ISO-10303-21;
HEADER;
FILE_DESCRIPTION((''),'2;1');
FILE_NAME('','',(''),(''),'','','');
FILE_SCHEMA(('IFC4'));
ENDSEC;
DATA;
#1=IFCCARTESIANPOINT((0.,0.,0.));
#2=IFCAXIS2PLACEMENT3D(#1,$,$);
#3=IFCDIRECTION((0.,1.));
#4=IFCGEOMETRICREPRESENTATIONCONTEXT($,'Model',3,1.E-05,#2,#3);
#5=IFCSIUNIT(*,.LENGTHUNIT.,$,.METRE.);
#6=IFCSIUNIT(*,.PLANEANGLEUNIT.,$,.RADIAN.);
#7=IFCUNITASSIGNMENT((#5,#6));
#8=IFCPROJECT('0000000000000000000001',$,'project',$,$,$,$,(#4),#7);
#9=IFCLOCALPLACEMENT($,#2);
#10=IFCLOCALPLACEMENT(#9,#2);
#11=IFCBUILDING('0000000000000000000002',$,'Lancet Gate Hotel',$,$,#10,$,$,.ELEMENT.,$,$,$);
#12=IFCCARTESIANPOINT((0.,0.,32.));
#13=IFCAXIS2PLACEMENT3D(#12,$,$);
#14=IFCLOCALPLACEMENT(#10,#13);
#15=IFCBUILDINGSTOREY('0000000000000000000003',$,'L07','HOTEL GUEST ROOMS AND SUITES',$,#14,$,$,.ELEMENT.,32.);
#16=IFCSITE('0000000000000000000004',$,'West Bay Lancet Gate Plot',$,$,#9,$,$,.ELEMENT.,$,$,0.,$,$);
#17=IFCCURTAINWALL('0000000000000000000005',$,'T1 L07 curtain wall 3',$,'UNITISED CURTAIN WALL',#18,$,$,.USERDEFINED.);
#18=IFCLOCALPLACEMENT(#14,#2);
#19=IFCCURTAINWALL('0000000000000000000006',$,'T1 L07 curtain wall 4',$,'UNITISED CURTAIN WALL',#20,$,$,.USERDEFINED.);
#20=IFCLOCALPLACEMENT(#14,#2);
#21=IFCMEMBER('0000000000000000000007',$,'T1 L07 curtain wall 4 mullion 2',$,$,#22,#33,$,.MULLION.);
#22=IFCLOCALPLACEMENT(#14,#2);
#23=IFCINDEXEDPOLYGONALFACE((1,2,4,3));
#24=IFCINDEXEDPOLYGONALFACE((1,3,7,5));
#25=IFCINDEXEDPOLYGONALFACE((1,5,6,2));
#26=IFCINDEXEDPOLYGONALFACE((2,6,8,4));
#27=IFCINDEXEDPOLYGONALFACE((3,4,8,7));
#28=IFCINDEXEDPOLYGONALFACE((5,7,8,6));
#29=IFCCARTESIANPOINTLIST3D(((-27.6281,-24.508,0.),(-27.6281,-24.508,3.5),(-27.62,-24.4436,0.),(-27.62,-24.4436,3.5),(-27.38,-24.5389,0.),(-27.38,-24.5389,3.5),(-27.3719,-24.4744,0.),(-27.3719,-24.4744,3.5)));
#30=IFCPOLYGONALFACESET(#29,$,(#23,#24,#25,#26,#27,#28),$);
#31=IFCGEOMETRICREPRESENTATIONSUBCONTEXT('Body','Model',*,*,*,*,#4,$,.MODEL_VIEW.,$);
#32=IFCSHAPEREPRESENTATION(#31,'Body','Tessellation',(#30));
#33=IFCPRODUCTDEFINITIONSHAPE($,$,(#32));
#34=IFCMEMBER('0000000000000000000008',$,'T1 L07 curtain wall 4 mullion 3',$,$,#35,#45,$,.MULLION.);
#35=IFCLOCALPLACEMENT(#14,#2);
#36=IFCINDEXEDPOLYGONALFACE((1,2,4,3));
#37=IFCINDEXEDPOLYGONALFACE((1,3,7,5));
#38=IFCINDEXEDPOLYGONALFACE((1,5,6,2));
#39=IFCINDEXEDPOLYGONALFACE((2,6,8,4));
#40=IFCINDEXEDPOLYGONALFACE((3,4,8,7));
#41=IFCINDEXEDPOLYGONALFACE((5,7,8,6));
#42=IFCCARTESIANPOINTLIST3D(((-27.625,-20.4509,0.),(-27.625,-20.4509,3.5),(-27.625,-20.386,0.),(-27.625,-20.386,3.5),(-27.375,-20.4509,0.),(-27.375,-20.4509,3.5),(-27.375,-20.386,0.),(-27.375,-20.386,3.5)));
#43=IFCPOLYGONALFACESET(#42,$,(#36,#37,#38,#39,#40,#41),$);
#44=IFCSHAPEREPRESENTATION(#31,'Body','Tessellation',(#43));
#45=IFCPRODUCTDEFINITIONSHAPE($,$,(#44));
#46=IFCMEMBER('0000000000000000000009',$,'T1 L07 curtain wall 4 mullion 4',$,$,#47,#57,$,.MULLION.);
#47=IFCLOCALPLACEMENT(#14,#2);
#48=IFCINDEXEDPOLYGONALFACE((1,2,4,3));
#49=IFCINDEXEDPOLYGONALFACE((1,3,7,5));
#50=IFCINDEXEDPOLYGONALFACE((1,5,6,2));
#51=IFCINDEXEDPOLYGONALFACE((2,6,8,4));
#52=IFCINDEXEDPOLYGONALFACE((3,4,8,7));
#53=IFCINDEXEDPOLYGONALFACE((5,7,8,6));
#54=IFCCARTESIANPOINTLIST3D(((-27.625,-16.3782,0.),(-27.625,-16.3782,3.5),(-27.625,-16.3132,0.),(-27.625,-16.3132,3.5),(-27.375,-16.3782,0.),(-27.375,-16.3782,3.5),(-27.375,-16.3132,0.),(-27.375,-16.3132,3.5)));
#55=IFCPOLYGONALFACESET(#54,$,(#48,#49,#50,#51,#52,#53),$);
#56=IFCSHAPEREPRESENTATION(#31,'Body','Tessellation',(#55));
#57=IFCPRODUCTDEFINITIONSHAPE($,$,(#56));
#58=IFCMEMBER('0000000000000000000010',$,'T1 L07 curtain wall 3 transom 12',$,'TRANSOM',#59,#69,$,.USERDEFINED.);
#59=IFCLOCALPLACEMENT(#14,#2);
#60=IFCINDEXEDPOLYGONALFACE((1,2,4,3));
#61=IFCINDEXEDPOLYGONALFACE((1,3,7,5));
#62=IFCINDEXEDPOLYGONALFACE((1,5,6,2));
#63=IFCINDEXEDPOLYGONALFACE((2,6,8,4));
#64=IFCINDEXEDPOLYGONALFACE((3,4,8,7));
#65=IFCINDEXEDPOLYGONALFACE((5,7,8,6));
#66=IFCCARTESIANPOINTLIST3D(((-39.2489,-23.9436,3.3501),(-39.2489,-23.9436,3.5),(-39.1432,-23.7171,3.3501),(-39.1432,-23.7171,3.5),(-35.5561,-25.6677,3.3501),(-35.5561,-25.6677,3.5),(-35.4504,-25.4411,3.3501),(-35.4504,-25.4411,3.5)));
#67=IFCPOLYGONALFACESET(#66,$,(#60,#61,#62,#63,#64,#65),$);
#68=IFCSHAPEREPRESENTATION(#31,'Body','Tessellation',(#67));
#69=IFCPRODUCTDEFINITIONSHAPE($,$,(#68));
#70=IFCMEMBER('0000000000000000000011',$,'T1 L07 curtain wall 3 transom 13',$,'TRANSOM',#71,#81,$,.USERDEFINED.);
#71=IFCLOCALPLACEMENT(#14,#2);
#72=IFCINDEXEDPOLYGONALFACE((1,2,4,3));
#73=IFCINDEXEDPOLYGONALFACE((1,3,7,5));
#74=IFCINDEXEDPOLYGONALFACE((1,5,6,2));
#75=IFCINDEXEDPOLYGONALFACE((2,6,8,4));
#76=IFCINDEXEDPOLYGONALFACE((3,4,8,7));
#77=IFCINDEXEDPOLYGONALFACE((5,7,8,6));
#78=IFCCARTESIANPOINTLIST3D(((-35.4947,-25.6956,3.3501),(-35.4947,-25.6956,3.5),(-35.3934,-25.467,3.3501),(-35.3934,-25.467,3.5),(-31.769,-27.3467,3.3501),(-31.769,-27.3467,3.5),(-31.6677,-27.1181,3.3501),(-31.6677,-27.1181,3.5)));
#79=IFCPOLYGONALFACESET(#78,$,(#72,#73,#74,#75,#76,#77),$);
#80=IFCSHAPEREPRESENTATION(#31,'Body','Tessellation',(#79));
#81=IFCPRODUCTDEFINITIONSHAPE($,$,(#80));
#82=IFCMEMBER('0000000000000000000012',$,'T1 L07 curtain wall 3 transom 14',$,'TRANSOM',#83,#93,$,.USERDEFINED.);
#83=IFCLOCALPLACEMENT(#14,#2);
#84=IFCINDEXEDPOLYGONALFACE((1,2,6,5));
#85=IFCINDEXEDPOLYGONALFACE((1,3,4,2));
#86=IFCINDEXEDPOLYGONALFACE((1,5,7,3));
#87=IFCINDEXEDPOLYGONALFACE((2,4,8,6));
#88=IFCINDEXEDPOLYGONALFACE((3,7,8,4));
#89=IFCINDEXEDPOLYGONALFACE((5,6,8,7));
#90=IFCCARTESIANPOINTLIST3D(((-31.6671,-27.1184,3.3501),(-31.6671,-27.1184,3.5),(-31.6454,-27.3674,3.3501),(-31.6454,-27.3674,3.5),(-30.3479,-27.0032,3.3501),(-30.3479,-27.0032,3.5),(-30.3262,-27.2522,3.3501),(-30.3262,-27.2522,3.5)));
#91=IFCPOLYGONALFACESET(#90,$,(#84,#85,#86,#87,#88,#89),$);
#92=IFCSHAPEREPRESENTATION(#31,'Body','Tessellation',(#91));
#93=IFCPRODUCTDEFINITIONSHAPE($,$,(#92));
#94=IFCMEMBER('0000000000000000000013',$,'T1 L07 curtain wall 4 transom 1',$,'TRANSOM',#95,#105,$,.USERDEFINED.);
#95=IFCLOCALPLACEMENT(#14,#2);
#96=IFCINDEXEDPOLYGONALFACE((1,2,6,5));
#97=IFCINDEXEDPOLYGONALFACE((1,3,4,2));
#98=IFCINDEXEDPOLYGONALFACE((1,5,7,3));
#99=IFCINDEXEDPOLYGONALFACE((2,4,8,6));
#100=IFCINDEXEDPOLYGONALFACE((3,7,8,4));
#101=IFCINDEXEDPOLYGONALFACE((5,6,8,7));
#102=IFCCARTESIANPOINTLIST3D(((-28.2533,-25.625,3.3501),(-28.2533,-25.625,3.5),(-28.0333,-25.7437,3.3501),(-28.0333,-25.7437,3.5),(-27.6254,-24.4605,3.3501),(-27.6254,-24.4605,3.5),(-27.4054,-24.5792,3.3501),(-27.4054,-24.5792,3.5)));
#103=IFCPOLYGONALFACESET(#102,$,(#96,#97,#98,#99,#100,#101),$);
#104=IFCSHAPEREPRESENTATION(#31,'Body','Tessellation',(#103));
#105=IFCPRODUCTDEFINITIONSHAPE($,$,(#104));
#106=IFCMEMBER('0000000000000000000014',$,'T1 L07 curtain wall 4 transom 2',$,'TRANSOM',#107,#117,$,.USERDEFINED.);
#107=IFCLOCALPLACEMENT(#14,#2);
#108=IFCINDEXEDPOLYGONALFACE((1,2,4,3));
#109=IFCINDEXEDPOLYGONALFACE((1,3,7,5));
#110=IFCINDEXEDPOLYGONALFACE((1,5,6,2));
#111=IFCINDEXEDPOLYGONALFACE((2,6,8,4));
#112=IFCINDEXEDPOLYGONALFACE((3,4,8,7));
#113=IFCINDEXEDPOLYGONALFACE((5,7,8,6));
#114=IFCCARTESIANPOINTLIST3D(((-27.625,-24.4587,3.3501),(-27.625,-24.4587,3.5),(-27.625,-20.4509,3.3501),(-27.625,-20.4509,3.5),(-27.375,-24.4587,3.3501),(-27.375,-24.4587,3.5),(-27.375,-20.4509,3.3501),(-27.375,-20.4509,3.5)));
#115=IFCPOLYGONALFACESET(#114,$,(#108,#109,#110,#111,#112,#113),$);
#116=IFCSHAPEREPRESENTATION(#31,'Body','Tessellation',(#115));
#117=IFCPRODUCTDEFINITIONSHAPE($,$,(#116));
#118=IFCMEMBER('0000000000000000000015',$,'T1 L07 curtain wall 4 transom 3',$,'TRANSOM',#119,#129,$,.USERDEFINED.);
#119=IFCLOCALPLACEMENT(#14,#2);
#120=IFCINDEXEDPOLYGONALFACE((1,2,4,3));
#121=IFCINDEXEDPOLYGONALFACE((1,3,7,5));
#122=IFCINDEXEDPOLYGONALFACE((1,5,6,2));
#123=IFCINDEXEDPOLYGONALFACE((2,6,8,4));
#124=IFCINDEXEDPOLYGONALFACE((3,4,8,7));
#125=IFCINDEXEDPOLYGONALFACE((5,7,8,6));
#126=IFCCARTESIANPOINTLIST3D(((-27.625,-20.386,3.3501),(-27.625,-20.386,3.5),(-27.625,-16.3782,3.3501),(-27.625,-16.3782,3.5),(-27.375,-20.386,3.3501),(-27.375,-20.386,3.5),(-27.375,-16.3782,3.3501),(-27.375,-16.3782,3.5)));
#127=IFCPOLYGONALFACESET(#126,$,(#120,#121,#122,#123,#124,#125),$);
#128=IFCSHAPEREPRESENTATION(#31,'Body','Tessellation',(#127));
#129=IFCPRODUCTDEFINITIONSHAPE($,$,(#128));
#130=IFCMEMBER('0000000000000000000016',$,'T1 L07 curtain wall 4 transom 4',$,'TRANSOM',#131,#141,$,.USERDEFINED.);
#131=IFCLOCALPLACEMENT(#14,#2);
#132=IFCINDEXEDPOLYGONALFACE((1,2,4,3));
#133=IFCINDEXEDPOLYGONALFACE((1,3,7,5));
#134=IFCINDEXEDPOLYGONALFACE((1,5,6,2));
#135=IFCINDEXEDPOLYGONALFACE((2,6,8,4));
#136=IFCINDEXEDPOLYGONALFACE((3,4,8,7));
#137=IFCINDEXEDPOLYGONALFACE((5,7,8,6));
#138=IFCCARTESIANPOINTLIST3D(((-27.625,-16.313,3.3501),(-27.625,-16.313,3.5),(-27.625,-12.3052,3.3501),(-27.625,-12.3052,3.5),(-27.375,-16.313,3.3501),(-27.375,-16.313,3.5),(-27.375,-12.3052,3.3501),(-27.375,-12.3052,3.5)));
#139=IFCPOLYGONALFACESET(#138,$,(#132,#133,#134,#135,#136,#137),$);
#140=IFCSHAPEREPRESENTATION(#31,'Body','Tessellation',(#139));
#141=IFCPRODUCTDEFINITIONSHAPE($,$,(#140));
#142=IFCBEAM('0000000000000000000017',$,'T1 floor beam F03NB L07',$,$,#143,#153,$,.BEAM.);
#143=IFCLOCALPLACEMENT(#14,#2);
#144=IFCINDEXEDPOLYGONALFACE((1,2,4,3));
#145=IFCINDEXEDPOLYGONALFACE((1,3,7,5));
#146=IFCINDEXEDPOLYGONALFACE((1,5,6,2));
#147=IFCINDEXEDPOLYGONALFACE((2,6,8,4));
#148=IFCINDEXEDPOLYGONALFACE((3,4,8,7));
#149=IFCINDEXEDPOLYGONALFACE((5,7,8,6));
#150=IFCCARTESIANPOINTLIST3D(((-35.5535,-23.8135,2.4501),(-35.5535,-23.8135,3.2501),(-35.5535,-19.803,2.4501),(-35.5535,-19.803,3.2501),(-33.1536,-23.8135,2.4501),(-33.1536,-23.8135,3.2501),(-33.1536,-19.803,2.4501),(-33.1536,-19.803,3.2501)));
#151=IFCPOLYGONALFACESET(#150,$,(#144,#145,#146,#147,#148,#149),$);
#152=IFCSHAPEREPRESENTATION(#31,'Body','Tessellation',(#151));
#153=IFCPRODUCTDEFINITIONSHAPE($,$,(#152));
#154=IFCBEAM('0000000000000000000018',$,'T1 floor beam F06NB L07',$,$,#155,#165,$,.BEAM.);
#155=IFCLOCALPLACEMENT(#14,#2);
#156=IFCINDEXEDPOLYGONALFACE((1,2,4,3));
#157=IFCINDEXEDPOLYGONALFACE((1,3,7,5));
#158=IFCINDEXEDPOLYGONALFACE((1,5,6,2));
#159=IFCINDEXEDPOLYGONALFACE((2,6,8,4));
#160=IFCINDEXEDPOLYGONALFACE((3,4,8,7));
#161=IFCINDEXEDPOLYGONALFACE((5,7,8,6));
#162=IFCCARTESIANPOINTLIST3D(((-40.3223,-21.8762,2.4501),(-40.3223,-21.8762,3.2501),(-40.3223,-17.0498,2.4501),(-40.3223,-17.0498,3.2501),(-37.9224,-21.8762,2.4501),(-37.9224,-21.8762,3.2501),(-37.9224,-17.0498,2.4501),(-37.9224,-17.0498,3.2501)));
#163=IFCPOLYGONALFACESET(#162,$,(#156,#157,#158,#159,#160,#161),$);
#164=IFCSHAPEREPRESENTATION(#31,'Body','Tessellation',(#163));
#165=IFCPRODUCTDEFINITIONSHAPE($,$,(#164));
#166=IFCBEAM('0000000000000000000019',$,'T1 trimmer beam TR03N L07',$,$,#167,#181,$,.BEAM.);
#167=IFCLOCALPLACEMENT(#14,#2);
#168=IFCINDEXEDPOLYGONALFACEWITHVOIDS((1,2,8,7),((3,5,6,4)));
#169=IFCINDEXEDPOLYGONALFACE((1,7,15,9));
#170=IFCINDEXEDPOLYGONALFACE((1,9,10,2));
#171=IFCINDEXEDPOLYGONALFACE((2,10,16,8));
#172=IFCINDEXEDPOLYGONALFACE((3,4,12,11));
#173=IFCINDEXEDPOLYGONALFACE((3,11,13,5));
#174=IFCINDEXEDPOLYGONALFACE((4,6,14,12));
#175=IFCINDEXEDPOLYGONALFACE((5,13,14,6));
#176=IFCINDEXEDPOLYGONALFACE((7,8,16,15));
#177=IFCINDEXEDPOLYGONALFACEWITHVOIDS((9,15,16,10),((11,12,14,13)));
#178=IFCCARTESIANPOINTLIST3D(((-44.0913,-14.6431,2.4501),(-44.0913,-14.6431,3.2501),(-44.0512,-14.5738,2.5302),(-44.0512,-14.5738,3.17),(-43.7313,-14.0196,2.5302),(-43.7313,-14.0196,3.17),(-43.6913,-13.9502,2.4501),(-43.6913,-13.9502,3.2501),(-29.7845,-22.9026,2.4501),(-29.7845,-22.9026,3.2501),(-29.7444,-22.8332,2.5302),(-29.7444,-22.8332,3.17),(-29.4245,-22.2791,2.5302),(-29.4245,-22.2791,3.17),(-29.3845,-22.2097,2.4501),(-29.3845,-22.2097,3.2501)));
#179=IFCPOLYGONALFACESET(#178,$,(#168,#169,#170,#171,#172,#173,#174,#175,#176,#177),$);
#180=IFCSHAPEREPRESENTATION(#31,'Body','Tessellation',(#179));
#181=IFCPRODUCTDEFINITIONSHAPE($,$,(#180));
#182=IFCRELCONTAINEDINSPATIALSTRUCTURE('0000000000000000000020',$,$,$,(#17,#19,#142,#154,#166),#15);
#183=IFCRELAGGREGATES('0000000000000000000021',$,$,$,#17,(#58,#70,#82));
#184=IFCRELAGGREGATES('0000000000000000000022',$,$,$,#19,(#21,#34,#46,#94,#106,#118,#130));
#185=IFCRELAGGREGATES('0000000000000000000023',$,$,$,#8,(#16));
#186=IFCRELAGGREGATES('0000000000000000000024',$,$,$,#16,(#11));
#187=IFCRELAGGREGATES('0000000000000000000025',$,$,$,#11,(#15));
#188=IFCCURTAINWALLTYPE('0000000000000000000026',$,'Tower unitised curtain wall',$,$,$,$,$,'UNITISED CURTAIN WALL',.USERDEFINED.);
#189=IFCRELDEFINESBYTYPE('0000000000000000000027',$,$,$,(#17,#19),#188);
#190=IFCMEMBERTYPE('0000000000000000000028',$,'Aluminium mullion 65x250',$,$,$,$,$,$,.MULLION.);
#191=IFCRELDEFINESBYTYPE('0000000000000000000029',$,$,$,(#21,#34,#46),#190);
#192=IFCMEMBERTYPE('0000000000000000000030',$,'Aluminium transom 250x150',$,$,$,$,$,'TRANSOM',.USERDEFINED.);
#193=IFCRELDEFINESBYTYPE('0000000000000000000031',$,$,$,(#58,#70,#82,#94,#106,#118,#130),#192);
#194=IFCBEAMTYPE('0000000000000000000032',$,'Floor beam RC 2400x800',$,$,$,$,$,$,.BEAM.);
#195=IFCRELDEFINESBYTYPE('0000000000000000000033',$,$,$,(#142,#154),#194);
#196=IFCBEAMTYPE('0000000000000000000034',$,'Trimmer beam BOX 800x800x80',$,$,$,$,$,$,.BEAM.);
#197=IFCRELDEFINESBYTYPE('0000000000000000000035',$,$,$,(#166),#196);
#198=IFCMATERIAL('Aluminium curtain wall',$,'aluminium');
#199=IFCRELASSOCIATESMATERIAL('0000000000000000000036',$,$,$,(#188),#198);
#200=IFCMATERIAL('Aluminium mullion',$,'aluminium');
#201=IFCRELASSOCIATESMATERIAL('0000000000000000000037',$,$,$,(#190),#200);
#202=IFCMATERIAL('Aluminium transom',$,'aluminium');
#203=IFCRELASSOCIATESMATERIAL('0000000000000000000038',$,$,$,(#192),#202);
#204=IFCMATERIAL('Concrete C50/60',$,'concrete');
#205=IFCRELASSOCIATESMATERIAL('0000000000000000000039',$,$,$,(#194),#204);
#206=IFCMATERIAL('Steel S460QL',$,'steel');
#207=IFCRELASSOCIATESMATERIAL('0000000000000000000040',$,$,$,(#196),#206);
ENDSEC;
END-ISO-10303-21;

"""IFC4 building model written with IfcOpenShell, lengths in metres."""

from ifc_helpers import new_model, si_unit, direction, frame, origin, origin_2d, place, context, subcontext, project, spatial, rectangle, hollow_rectangle, extrude, material, material_profile, profile_set, type_object, element, aggregate, save


model = new_model("IFC4")

# Units and contexts
model_context = context("Model", 3, precision=1e-05, world=origin(), true_north=direction((0.0, 1.0)))
body_context = subcontext(model_context, "Body", "Model", "MODEL_VIEW")
ifc_project = project(units=[si_unit("LENGTHUNIT", "METRE"), si_unit("PLANEANGLEUNIT", "RADIAN")], contexts=[model_context])

# Site, building, storey
site_placement = place(None, origin())
site = spatial("IfcSite", under=ifc_project, at=site_placement, Name="West Bay Lancet Gate Plot", CompositionType="ELEMENT", RefElevation=0.0)
building_placement = place(site_placement, origin())
building = spatial("IfcBuilding", under=site, at=building_placement, Name="Lancet Gate Hotel", CompositionType="ELEMENT")
storey_placement = place(building_placement, frame((0.0, 0.0, 32.0)))
storey = spatial("IfcBuildingStorey", under=building, at=storey_placement, Name="L07", Description="HOTEL GUEST ROOMS AND SUITES", CompositionType="ELEMENT", Elevation=32.0)

# Curtain walls, members
ifc_material_1 = material(Name="Aluminium curtain wall", Category="aluminium")
curtain_wall_type = type_object("IfcCurtainWallType", Name="Tower unitised curtain wall", ElementType="UNITISED CURTAIN WALL", PredefinedType="USERDEFINED", material=ifc_material_1)
curtain_wall_1_placement = place(storey_placement, origin())
curtain_wall_1 = element("IfcCurtainWall", 1, at=curtain_wall_1_placement, inside=storey, type_object=curtain_wall_type, Name="T1 L07 curtain wall 3", ObjectType="UNITISED CURTAIN WALL", PredefinedType="USERDEFINED")
ifc_material_2 = material(Name="Aluminium mullion", Category="aluminium")
ifc_material_profile_1 = material_profile(ifc_material_2, rectangle(XDim=0.0649, YDim=0.25, at=origin_2d()), Name="MULLION 65x250")
ifc_profile_set_1 = profile_set([ifc_material_profile_1], Name="Aluminium mullion")
member_type_1 = type_object("IfcMemberType", Name="Aluminium mullion 65x250", PredefinedType="MULLION", material=ifc_profile_set_1)
curtain_wall_2_placement = place(storey_placement, origin())
curtain_wall_2 = element("IfcCurtainWall", 2, at=curtain_wall_2_placement, inside=storey, type_object=curtain_wall_type, Name="T1 L07 curtain wall 4", ObjectType="UNITISED CURTAIN WALL", PredefinedType="USERDEFINED")
member_1_placement = place(storey_placement, frame((-27.5, -24.4912, 0.0), z_axis=(0.0, 0.0, 1.0), x_axis=(0.123483, 0.992347, 0.0)))
member_1 = element("IfcMember", 3, at=member_1_placement, type_object=member_type_1, Name="T1 L07 curtain wall 4 mullion 2", PredefinedType="MULLION", context=body_context, shape_type="SweptSolid", body=[
    extrude(rectangle(XDim=0.0649, YDim=0.25, at=origin_2d()), origin(), (0.0, 0.0, 1.0), 3.5),
])
member_2_placement = place(storey_placement, frame((-27.5, -20.4185, 0.0), z_axis=(0.0, 0.0, 1.0), x_axis=(0.0, 1.0, 0.0)))
member_2 = element("IfcMember", 4, at=member_2_placement, type_object=member_type_1, Name="T1 L07 curtain wall 4 mullion 3", PredefinedType="MULLION", context=body_context, shape_type="SweptSolid", body=[
    extrude(rectangle(XDim=0.0649, YDim=0.25, at=origin_2d()), origin(), (0.0, 0.0, 1.0), 3.5),
])
member_3_placement = place(storey_placement, frame((-27.5, -16.3457, 0.0), z_axis=(0.0, 0.0, 1.0), x_axis=(0.0, 1.0, 0.0)))
member_3 = element("IfcMember", 5, at=member_3_placement, type_object=member_type_1, Name="T1 L07 curtain wall 4 mullion 4", PredefinedType="MULLION", context=body_context, shape_type="SweptSolid", body=[
    extrude(rectangle(XDim=0.0649, YDim=0.25, at=origin_2d()), origin(), (0.0, 0.0, 1.0), 3.5),
])

# Members
ifc_material_3 = material(Name="Aluminium transom", Category="aluminium")
ifc_material_profile_2 = material_profile(ifc_material_3, rectangle(XDim=0.25, YDim=0.1499, at=origin_2d()), Name="TRANSOM 250x150")
ifc_profile_set_2 = profile_set([ifc_material_profile_2], Name="Aluminium transom")
member_type_2 = type_object("IfcMemberType", Name="Aluminium transom 250x150", ElementType="TRANSOM", PredefinedType="USERDEFINED", material=ifc_profile_set_2)
member_4_placement = place(storey_placement, frame((-39.196, -23.8303, 3.425), z_axis=(0.90611, -0.423043, 0.0), x_axis=(0.423043, 0.90611, 0.0)))
member_4 = element("IfcMember", 6, at=member_4_placement, type_object=member_type_2, Name="T1 L07 curtain wall 3 transom 12", ObjectType="TRANSOM", PredefinedType="USERDEFINED", context=body_context, shape_type="SweptSolid", body=[
    extrude(rectangle(XDim=0.25, YDim=0.1499, at=origin_2d()), origin(), (0.0, 0.0, 1.0), 4.0754),
])
member_5_placement = place(storey_placement, frame((-35.4441, -25.5813, 3.425), z_axis=(0.914248, -0.405154, 0.0), x_axis=(0.405154, 0.914248, 0.0)))
member_5 = element("IfcMember", 7, at=member_5_placement, type_object=member_type_2, Name="T1 L07 curtain wall 3 transom 13", ObjectType="TRANSOM", PredefinedType="USERDEFINED", context=body_context, shape_type="SweptSolid", body=[
    extrude(rectangle(XDim=0.25, YDim=0.1499, at=origin_2d()), origin(), (0.0, 0.0, 1.0), 4.0752),
])
member_6_placement = place(storey_placement, frame((-31.6562, -27.2429, 3.425), z_axis=(0.996206, 0.087027, 0.0), x_axis=(-0.087027, 0.996206, 0.0)))
member_6 = element("IfcMember", 8, at=member_6_placement, type_object=member_type_2, Name="T1 L07 curtain wall 3 transom 14", ObjectType="TRANSOM", PredefinedType="USERDEFINED", context=body_context, shape_type="SweptSolid", body=[
    extrude(rectangle(XDim=0.25, YDim=0.1499, at=origin_2d()), origin(), (0.0, 0.0, 1.0), 1.3242),
])
member_7_placement = place(storey_placement, frame((-28.1433, -25.6843, 3.425), z_axis=(0.474606, 0.880198, 0.0), x_axis=(-0.880198, 0.474606, 0.0)))
member_7 = element("IfcMember", 9, at=member_7_placement, type_object=member_type_2, Name="T1 L07 curtain wall 4 transom 1", ObjectType="TRANSOM", PredefinedType="USERDEFINED", context=body_context, shape_type="SweptSolid", body=[
    extrude(rectangle(XDim=0.25, YDim=0.1499, at=origin_2d()), origin(), (0.0, 0.0, 1.0), 1.323),
])
member_8_placement = place(storey_placement, frame((-27.5, -24.4587, 3.425), z_axis=(0.0, 1.0, 0.0), x_axis=(-1.0, 0.0, 0.0)))
member_8 = element("IfcMember", 10, at=member_8_placement, type_object=member_type_2, Name="T1 L07 curtain wall 4 transom 2", ObjectType="TRANSOM", PredefinedType="USERDEFINED", context=body_context, shape_type="SweptSolid", body=[
    extrude(rectangle(XDim=0.25, YDim=0.1499, at=origin_2d()), origin(), (0.0, 0.0, 1.0), 4.0078),
])
member_9_placement = place(storey_placement, frame((-27.5, -20.386, 3.425), z_axis=(0.0, 1.0, 0.0), x_axis=(-1.0, 0.0, 0.0)))
member_9 = element("IfcMember", 11, at=member_9_placement, type_object=member_type_2, Name="T1 L07 curtain wall 4 transom 3", ObjectType="TRANSOM", PredefinedType="USERDEFINED", context=body_context, shape_type="SweptSolid", body=[
    extrude(rectangle(XDim=0.25, YDim=0.1499, at=origin_2d()), origin(), (0.0, 0.0, 1.0), 4.0078),
])
member_10_placement = place(storey_placement, frame((-27.5, -16.313, 3.425), z_axis=(0.0, 1.0, 0.0), x_axis=(-1.0, 0.0, 0.0)))
member_10 = element("IfcMember", 12, at=member_10_placement, type_object=member_type_2, Name="T1 L07 curtain wall 4 transom 4", ObjectType="TRANSOM", PredefinedType="USERDEFINED", context=body_context, shape_type="SweptSolid", body=[
    extrude(rectangle(XDim=0.25, YDim=0.1499, at=origin_2d()), origin(), (0.0, 0.0, 1.0), 4.0078),
])

# Beams
ifc_material_4 = material(Name="Concrete C50/60", Category="concrete")
ifc_material_profile_3 = material_profile(ifc_material_4, rectangle(XDim=2.3999, YDim=0.8, at=origin_2d()), Name="RC 2400x800")
ifc_profile_set_3 = profile_set([ifc_material_profile_3], Name="Concrete C50/60")
beam_type_1 = type_object("IfcBeamType", Name="Floor beam RC 2400x800", PredefinedType="BEAM", material=ifc_profile_set_3)
beam_1_placement = place(storey_placement, frame((-34.3535, -19.803, 2.8501), z_axis=(0.0, -1.0, 0.0), x_axis=(1.0, 0.0, 0.0)))
element("IfcBeam", 13, at=beam_1_placement, inside=storey, type_object=beam_type_1, Name="T1 floor beam F03NB L07", PredefinedType="BEAM", context=body_context, shape_type="SweptSolid", body=[
    extrude(rectangle(XDim=2.3999, YDim=0.8, at=origin_2d()), origin(), (0.0, 0.0, 1.0), 4.0105),
])
beam_2_placement = place(storey_placement, frame((-39.1223, -17.0498, 2.8501), z_axis=(0.0, -1.0, 0.0), x_axis=(1.0, 0.0, 0.0)))
element("IfcBeam", 14, at=beam_2_placement, inside=storey, type_object=beam_type_1, Name="T1 floor beam F06NB L07", PredefinedType="BEAM", context=body_context, shape_type="SweptSolid", body=[
    extrude(rectangle(XDim=2.3999, YDim=0.8, at=origin_2d()), origin(), (0.0, 0.0, 1.0), 4.8264),
])
ifc_material_5 = material(Name="Steel S460QL", Category="steel")
ifc_material_profile_4 = material_profile(ifc_material_5, hollow_rectangle(XDim=0.8, YDim=0.8, WallThickness=0.0801, at=origin_2d()), Name="BOX 800x800x80")
ifc_profile_set_4 = profile_set([ifc_material_profile_4], Name="Steel S460QL")
beam_type_2 = type_object("IfcBeamType", Name="Trimmer beam BOX 800x800x80", PredefinedType="BEAM", material=ifc_profile_set_4)
for number, where, z_axis, x_axis, name in (
    (15, (-29.5845, -22.5562, 2.8501), (-0.86604, 0.499974, 0.0), (-0.499974, -0.86604, 0.0), "T1 trimmer beam TR03N L07"),
):
    element("IfcBeam", number, at=place(storey_placement, frame(where, z_axis=z_axis, x_axis=x_axis)), inside=storey, type_object=beam_type_2, Name=name, PredefinedType="BEAM", context=body_context, shape_type="SweptSolid", body=[
        extrude(hollow_rectangle(XDim=0.8, YDim=0.8, WallThickness=0.0801, at=origin_2d()), origin(), (0.0, 0.0, 1.0), 16.5198),
    ])

aggregate(curtain_wall_1, [member_4, member_5, member_6])
aggregate(curtain_wall_2, [member_1, member_2, member_3, member_7, member_8, member_9, member_10])

save(model, "model.ifc")
